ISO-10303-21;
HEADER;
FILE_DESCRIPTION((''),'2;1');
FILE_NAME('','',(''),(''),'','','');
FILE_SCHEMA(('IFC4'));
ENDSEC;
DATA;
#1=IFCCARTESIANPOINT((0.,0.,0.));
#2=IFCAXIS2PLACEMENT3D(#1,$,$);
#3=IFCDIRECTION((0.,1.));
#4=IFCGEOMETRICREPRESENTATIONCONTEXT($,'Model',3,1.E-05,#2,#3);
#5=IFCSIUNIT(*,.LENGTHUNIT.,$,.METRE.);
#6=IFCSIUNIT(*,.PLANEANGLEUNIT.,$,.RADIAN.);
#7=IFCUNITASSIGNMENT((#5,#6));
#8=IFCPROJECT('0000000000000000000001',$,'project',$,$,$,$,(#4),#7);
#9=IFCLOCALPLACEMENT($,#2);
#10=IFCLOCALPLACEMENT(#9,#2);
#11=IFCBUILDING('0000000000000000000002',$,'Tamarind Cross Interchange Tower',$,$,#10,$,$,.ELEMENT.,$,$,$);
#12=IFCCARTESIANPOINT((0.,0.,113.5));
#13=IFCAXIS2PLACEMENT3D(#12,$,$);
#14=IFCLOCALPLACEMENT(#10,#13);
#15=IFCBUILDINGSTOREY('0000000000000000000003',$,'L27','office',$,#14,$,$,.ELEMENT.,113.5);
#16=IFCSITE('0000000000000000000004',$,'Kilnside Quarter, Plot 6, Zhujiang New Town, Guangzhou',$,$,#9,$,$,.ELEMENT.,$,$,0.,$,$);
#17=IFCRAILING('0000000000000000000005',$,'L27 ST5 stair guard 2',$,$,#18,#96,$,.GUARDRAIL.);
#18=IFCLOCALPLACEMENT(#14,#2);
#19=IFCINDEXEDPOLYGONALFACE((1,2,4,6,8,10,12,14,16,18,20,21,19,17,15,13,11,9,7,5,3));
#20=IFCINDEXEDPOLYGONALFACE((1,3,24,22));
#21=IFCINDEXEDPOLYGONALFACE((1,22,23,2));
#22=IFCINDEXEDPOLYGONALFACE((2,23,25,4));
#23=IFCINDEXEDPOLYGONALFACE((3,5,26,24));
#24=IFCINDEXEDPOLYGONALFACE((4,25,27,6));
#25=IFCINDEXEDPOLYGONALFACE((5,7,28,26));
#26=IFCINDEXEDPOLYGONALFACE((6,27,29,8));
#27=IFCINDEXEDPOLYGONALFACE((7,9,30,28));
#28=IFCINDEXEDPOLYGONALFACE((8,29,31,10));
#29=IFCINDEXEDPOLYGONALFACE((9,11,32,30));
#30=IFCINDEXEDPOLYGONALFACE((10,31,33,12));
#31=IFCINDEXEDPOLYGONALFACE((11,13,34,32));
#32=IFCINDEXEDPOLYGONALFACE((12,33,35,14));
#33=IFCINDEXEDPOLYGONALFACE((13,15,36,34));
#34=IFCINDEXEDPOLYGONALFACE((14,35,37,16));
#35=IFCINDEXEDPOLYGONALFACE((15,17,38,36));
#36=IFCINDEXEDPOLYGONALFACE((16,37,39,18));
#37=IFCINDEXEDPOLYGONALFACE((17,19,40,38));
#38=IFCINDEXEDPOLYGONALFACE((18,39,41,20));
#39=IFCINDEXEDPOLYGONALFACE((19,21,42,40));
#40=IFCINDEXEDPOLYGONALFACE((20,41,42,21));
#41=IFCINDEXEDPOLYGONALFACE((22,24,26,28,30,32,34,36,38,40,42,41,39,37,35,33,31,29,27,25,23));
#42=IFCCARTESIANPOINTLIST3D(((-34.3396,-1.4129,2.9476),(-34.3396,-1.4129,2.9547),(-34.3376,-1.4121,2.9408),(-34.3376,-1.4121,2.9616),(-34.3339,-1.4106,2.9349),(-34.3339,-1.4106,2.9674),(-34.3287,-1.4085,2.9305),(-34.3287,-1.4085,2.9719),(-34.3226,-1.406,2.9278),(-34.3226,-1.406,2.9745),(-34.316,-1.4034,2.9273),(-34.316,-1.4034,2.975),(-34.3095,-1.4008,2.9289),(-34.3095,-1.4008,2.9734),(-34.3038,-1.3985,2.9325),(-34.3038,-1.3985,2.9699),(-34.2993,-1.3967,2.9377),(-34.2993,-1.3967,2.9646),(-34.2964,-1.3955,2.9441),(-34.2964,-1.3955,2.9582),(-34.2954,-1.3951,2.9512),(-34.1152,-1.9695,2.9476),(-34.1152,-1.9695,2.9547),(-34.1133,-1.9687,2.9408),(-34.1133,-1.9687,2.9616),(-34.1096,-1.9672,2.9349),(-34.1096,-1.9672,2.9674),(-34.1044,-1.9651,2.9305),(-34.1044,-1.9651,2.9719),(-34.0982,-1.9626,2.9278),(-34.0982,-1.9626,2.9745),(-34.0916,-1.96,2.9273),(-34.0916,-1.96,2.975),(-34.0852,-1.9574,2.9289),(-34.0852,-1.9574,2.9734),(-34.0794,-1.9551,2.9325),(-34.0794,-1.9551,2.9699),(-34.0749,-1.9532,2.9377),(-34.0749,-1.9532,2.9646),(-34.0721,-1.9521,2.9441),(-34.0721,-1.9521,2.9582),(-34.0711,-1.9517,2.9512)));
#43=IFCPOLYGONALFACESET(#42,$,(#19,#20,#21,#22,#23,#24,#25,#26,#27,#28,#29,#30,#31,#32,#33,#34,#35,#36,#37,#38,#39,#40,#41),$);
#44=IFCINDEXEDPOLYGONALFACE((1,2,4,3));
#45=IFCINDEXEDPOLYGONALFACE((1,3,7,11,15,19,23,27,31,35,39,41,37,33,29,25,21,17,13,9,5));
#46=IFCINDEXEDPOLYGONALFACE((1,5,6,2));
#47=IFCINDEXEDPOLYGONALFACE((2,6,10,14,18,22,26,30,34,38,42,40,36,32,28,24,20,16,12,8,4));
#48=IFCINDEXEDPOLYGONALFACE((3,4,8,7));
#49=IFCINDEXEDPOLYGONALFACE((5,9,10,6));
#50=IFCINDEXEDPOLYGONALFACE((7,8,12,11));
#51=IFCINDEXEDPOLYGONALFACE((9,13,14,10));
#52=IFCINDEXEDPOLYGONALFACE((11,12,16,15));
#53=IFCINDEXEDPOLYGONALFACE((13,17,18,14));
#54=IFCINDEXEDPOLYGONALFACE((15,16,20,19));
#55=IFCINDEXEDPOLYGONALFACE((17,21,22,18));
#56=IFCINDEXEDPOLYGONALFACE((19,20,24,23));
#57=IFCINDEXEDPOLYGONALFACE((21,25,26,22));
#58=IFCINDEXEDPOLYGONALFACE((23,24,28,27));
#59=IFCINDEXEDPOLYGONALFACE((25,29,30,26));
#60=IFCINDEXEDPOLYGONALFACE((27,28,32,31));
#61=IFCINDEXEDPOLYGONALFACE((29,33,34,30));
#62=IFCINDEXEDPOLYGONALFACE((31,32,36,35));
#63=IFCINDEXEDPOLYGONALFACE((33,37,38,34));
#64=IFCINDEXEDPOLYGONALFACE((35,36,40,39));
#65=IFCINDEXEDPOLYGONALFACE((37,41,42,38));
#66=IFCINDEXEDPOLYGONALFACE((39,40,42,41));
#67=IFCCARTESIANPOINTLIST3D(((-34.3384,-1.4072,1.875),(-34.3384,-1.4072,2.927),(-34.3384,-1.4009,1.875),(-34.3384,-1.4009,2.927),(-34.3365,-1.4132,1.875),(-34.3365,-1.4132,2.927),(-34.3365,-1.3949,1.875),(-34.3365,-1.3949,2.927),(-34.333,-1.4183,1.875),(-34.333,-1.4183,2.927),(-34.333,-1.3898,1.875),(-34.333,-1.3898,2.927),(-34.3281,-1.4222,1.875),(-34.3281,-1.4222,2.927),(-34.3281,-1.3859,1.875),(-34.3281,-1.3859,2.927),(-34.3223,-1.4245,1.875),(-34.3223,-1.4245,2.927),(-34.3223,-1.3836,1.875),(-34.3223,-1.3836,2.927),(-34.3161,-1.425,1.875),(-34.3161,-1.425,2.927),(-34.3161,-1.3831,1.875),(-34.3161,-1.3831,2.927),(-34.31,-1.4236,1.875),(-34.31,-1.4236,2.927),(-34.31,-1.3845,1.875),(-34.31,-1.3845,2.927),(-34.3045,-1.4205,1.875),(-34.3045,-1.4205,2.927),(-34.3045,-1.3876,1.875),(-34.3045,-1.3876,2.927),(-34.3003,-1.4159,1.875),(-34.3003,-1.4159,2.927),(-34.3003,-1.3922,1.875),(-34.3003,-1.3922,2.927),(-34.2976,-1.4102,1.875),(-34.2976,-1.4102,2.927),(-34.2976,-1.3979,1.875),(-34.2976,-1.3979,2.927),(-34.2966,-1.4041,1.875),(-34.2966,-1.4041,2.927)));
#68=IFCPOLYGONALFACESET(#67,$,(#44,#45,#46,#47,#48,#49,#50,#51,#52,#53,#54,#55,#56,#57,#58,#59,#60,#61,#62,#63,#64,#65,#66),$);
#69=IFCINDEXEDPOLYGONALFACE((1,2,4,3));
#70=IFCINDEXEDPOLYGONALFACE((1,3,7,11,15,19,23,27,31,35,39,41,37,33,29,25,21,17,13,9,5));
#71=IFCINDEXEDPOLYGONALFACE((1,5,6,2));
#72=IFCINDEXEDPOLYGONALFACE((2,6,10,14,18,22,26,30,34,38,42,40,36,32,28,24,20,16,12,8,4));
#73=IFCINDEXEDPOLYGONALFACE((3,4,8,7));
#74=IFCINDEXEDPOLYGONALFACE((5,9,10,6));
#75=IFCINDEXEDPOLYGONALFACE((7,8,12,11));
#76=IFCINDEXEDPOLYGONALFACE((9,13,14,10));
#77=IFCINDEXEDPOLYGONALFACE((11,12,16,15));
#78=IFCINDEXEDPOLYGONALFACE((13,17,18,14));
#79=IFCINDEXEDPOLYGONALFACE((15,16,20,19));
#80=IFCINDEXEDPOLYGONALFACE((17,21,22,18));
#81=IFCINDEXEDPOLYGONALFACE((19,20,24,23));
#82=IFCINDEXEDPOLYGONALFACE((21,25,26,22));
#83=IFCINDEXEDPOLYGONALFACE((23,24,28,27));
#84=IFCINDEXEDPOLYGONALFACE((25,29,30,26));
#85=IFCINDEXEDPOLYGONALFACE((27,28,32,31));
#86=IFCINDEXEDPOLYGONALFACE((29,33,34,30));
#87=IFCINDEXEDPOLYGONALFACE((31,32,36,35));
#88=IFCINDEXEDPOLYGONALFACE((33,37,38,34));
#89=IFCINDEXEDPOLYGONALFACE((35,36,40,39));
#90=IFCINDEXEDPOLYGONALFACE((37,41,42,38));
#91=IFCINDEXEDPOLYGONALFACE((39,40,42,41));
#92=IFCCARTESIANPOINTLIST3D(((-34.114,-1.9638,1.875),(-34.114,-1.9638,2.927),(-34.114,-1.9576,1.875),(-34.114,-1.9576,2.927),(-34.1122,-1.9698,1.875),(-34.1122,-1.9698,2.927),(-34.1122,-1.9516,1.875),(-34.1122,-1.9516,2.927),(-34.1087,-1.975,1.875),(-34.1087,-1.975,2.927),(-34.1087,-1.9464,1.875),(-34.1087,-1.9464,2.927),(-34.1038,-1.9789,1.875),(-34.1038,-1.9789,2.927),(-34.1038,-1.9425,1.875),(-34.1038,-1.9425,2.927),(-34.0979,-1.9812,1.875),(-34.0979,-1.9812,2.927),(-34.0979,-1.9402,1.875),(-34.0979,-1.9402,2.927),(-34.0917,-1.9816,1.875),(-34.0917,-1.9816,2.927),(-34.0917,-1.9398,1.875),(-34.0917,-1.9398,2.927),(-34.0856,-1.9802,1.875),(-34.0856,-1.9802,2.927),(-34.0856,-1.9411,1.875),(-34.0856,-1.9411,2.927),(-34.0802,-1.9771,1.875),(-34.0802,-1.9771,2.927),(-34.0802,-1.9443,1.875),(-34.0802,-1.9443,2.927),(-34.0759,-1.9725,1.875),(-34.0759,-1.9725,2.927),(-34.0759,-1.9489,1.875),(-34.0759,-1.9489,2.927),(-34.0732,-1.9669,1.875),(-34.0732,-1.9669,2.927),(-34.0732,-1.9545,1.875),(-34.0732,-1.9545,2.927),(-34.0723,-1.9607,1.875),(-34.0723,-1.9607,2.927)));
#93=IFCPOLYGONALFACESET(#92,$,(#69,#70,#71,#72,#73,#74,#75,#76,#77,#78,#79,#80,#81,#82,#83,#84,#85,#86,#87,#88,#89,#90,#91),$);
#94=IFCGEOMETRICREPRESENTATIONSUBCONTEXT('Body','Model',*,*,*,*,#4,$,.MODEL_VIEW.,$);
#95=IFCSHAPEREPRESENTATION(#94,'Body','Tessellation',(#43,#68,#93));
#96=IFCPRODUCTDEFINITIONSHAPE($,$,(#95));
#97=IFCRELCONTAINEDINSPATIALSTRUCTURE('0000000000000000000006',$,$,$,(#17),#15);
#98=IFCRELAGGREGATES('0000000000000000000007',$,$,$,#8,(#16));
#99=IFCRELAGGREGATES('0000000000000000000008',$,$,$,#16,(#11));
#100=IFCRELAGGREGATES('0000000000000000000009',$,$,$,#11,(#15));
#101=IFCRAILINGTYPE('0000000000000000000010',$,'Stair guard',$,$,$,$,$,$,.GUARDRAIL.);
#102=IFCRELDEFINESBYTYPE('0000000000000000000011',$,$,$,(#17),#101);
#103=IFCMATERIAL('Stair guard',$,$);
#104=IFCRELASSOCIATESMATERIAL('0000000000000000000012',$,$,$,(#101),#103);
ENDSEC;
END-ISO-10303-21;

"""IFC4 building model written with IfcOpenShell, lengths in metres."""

from ifc_helpers import new_model, si_unit, direction, frame, origin, origin_2d, place, context, subcontext, project, spatial, circle, extrude, material, type_object, element, save


model = new_model("IFC4")

# Units and contexts
model_context = context("Model", 3, precision=1e-05, world=origin(), true_north=direction((0.0, 1.0)))
body_context = subcontext(model_context, "Body", "Model", "MODEL_VIEW")
ifc_project = project(units=[si_unit("LENGTHUNIT", "METRE"), si_unit("PLANEANGLEUNIT", "RADIAN")], contexts=[model_context])

# Site, building, storey
site_placement = place(None, origin())
site = spatial("IfcSite", under=ifc_project, at=site_placement, Name="Kilnside Quarter, Plot 6, Zhujiang New Town, Guangzhou", CompositionType="ELEMENT", RefElevation=0.0)
building_placement = place(site_placement, origin())
building = spatial("IfcBuilding", under=site, at=building_placement, Name="Tamarind Cross Interchange Tower", CompositionType="ELEMENT")
storey_placement = place(building_placement, frame((0.0, 0.0, 113.5)))
storey = spatial("IfcBuildingStorey", under=building, at=storey_placement, Name="L27", Description="office", CompositionType="ELEMENT", Elevation=113.5)

# Railing
ifc_material_1 = material(Name="Stair guard")
railing_type_1 = type_object("IfcRailingType", Name="Stair guard", PredefinedType="GUARDRAIL", material=ifc_material_1)
railing_1_placement = place(storey_placement, frame((-34.3176, -1.4041, 1.875)))
element("IfcRailing", 1, at=railing_1_placement, inside=storey, type_object=railing_type_1, Name="L27 ST5 stair guard 2", PredefinedType="GUARDRAIL", context=body_context, shape_type="SweptSolid", body=[
    extrude(circle(Radius=0.0239, at=origin_2d()), frame((0.0, 0.0, 1.0762), z_axis=(0.373844, -0.927492, 0.0), x_axis=(0.927492, 0.373844, 0.0)), (0.0, 0.0, 1.0), 0.6001),
    extrude(circle(Radius=0.021, at=origin_2d()), origin(), (0.0, 0.0, 1.0), 1.052),
    extrude(circle(Radius=0.021, at=origin_2d()), frame((0.2244, -0.5566, 0.0)), (0.0, 0.0, 1.0), 1.052),
])

save(model, "model.ifc")
